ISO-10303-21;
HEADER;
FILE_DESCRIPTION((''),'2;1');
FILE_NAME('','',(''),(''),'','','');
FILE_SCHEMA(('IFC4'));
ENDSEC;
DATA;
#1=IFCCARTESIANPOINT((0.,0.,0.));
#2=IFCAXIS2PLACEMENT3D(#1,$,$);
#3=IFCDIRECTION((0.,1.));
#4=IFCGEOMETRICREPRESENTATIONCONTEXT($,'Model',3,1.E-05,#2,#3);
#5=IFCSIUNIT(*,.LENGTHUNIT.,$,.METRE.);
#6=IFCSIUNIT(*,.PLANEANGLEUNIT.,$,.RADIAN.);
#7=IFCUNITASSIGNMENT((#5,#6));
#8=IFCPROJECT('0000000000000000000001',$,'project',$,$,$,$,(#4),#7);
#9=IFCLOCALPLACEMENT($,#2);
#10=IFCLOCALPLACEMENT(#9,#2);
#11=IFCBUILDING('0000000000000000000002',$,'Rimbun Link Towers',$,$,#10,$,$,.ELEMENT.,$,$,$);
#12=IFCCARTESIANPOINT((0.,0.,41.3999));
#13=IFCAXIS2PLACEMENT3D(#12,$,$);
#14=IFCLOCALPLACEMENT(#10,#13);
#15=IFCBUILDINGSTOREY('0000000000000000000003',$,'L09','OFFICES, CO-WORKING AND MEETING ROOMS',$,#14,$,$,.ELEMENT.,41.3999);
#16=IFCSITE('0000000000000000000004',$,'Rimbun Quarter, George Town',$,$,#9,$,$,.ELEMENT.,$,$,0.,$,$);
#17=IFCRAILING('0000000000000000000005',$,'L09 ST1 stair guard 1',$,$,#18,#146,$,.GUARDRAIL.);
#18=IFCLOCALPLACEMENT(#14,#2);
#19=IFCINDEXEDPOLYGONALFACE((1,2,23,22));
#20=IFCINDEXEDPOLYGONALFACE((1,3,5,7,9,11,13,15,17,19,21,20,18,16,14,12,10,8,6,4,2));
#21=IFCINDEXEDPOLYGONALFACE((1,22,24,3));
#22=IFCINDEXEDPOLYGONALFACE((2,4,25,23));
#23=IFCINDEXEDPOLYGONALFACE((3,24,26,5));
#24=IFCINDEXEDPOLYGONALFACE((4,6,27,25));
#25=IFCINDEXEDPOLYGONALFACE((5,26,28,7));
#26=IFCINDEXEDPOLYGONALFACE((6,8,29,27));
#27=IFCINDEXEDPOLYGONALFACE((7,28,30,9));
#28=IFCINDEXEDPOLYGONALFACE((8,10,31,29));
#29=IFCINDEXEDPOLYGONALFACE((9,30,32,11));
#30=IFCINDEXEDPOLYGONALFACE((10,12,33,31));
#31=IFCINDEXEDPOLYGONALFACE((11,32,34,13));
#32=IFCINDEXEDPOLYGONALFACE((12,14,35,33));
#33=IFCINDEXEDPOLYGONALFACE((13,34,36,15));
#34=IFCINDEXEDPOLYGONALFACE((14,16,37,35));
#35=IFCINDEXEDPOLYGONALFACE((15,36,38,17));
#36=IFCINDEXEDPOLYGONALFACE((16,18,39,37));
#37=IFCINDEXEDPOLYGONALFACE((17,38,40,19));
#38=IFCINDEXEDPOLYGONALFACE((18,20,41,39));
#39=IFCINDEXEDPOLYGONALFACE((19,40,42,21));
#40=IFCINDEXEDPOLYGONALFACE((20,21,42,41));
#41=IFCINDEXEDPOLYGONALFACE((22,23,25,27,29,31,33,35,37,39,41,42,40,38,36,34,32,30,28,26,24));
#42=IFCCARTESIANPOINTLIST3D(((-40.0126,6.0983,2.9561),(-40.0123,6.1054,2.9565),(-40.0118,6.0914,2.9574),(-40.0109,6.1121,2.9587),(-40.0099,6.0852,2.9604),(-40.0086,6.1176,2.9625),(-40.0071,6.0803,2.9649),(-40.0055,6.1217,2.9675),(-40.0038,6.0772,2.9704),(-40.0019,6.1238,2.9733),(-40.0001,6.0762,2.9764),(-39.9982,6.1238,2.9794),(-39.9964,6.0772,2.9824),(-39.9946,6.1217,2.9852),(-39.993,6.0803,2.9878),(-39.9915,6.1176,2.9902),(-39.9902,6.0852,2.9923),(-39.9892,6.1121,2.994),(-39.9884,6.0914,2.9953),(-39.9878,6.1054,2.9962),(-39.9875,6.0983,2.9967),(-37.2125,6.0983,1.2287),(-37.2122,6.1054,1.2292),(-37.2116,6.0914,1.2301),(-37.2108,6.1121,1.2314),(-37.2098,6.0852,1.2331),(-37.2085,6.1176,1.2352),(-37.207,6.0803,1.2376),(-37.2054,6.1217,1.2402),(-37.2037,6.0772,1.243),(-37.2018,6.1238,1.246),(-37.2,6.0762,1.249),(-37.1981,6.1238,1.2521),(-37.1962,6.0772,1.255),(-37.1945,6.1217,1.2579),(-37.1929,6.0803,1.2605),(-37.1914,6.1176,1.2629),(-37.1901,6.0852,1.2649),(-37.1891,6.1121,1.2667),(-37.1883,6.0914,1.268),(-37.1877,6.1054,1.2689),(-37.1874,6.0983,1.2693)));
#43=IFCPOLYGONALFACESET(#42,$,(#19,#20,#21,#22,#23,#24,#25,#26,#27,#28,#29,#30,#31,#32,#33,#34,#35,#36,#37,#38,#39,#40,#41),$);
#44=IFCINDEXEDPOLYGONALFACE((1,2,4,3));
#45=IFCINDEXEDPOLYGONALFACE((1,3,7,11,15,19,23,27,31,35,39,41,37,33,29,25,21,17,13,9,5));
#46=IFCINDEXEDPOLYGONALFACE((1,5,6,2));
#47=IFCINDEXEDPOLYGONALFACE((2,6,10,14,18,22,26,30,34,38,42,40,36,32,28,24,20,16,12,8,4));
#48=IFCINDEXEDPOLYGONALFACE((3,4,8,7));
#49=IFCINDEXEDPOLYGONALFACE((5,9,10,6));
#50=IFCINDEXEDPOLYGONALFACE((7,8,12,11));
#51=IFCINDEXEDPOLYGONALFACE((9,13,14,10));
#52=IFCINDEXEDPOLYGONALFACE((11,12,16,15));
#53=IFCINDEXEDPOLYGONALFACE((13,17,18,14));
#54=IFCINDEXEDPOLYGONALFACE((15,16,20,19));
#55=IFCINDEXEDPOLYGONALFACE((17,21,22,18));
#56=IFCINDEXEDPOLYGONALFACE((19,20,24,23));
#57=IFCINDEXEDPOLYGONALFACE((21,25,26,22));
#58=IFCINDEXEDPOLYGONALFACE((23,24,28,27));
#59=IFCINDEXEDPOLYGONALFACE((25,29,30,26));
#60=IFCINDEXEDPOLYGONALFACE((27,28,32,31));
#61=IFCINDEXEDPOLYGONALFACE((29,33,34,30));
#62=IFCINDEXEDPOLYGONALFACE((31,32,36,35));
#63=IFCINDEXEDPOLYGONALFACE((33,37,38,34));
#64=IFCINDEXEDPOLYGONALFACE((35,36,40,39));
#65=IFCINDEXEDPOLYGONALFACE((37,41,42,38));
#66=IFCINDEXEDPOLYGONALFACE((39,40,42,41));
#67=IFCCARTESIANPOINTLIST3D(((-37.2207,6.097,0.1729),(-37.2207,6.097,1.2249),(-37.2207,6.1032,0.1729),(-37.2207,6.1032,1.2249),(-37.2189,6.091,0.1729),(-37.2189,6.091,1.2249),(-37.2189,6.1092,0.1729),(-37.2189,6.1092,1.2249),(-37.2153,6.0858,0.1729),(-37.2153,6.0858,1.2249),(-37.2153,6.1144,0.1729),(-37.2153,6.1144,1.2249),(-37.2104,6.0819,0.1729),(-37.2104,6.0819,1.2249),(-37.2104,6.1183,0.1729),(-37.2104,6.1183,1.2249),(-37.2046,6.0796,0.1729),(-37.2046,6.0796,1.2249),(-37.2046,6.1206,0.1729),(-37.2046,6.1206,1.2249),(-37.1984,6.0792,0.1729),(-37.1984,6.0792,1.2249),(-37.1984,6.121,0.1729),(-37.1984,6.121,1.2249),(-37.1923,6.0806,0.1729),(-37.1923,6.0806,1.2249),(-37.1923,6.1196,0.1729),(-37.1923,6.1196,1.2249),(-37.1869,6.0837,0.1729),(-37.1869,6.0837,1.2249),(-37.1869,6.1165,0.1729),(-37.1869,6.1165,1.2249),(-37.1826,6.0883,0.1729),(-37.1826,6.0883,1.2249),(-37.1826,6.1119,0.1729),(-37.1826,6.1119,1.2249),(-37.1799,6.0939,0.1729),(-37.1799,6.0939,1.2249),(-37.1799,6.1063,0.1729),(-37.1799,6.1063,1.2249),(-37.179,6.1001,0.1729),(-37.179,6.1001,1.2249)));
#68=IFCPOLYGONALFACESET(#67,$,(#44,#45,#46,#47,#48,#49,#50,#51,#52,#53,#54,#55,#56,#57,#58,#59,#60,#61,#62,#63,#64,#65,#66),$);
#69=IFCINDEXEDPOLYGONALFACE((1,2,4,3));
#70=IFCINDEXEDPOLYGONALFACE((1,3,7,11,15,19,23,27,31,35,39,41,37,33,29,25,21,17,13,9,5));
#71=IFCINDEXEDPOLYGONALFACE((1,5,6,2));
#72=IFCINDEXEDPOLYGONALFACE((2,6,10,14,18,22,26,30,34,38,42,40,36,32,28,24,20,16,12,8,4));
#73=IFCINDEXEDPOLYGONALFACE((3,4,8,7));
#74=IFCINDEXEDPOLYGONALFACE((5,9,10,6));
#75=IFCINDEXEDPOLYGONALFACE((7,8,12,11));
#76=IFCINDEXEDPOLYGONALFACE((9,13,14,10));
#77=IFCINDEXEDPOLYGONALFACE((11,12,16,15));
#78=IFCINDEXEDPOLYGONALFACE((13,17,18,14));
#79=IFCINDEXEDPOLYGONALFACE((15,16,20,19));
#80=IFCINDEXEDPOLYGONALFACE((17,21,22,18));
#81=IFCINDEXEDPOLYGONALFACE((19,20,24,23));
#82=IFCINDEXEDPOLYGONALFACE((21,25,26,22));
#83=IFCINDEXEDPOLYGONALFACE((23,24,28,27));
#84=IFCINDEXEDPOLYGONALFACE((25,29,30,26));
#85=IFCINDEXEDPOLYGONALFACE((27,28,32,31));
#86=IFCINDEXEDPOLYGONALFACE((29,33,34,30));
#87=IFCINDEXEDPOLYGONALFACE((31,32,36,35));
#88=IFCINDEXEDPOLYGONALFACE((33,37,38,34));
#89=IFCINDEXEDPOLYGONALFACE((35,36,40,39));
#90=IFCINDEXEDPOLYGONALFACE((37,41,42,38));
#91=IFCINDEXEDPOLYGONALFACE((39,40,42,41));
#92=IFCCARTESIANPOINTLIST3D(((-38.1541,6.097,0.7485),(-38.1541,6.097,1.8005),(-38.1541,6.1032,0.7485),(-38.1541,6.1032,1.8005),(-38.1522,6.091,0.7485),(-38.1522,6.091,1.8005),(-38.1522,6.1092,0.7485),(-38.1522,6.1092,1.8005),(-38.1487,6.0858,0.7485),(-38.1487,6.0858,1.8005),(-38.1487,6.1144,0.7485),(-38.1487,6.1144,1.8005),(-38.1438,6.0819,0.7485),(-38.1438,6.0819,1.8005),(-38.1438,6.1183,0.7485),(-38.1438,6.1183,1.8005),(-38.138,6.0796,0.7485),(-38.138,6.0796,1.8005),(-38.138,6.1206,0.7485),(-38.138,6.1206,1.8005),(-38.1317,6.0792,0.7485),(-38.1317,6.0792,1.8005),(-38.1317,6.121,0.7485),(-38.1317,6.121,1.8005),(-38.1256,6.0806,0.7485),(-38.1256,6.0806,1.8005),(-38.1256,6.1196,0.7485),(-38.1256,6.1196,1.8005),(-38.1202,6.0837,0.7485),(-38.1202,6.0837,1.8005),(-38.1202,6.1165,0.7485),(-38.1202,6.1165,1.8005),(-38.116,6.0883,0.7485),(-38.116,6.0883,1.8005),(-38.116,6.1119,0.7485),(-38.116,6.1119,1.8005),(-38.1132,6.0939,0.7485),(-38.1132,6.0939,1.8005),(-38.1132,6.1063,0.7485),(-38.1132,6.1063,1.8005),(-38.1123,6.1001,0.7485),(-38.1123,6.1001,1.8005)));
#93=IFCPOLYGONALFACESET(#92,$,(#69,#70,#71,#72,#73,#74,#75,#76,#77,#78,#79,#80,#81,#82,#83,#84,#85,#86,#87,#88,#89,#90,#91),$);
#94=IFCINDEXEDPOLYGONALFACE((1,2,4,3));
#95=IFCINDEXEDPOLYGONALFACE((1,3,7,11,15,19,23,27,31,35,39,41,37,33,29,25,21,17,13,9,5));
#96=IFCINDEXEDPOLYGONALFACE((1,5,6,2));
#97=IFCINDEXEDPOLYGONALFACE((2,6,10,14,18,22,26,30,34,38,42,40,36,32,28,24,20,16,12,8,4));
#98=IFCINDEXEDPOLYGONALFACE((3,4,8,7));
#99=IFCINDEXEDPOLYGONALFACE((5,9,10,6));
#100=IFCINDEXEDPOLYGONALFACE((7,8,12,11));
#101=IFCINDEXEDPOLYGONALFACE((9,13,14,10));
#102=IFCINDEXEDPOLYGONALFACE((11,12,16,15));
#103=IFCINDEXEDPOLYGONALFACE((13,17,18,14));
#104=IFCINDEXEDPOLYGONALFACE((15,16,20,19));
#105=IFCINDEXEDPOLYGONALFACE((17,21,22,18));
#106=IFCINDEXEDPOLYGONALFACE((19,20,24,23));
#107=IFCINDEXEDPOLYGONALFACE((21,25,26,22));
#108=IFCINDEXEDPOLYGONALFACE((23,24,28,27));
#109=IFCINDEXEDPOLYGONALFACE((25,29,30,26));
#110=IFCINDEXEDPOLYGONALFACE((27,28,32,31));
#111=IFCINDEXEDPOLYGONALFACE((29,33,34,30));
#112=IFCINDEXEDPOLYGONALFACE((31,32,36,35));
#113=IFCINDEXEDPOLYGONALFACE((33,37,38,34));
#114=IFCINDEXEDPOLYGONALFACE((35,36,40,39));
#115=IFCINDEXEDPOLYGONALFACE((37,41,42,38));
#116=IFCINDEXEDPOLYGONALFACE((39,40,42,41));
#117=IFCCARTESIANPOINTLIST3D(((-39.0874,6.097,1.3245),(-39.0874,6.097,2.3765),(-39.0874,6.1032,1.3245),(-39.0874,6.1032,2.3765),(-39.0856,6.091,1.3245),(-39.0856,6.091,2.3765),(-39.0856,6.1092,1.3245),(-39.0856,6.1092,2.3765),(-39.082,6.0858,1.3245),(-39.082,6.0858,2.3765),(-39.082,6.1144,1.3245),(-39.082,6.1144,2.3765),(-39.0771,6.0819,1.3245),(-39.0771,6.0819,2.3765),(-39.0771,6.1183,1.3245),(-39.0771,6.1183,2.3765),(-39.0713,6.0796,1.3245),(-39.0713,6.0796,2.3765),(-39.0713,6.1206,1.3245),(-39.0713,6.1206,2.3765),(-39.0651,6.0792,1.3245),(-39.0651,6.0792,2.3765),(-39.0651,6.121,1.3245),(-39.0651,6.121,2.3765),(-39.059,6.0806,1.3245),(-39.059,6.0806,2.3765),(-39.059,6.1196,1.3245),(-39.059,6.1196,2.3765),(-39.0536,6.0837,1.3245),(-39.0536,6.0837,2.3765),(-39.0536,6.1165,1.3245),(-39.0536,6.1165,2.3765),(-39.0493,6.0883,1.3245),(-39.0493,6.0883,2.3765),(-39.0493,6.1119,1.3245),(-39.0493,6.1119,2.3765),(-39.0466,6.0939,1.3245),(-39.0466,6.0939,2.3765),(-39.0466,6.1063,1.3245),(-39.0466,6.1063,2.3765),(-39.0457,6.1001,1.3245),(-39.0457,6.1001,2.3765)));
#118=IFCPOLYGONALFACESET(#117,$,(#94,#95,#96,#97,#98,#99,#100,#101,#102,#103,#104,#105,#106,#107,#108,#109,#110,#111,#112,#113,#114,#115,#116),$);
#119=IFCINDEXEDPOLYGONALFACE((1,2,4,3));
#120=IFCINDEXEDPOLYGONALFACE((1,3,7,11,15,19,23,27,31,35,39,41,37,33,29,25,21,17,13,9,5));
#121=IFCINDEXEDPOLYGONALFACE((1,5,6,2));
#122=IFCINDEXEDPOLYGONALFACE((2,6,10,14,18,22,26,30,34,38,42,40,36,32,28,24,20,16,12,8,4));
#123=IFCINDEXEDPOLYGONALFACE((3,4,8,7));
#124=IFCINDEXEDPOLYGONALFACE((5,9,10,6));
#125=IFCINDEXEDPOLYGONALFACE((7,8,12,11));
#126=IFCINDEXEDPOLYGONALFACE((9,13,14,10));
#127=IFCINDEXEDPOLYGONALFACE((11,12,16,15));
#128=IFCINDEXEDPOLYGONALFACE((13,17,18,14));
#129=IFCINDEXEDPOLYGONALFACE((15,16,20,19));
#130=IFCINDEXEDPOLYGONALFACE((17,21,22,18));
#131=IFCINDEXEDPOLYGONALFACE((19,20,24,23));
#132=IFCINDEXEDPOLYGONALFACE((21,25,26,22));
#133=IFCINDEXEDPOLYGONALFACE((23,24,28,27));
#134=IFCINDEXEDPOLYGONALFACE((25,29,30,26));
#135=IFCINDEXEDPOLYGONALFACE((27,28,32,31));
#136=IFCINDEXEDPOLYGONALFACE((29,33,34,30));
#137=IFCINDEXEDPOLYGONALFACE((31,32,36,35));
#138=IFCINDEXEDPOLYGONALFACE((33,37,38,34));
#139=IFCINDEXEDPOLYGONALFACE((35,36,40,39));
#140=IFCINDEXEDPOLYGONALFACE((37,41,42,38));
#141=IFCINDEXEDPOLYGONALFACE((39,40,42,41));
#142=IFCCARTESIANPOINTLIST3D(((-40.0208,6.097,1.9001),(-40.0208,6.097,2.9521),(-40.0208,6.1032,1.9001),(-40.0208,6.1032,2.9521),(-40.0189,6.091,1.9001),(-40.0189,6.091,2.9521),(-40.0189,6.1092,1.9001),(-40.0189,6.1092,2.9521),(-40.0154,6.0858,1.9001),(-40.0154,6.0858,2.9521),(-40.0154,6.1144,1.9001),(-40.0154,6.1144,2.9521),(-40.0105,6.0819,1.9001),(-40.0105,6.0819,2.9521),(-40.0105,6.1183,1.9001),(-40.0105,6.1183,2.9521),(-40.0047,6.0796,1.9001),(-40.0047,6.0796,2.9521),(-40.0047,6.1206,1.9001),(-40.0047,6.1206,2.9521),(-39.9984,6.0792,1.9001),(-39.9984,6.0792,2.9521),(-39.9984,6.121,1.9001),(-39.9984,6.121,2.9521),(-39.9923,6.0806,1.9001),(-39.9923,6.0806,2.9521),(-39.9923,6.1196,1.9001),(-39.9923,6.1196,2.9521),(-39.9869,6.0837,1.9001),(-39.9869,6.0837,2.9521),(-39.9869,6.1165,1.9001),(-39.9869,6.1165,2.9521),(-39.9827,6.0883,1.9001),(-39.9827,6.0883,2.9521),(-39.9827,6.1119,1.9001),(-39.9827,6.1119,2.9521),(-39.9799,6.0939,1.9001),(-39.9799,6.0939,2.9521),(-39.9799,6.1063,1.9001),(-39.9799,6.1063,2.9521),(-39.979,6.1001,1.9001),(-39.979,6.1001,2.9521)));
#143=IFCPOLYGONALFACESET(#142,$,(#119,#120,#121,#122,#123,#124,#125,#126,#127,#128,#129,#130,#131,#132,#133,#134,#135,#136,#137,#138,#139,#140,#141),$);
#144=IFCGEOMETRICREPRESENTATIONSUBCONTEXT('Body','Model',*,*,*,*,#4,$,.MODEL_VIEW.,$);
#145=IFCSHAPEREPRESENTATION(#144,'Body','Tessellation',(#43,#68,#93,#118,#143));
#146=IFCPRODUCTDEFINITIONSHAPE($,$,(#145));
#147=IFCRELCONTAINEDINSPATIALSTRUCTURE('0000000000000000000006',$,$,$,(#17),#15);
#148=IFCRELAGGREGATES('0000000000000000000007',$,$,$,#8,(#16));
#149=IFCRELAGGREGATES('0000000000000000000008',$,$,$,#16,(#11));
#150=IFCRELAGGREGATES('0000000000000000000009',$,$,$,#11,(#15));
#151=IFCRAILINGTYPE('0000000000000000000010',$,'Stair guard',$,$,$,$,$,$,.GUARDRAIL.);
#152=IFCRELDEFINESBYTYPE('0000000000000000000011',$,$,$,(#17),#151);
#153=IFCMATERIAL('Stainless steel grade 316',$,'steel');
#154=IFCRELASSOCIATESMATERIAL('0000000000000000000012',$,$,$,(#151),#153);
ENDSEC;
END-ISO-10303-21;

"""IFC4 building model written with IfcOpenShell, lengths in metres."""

from ifc_helpers import new_model, si_unit, direction, frame, origin, origin_2d, place, context, subcontext, project, spatial, circle, extrude, material, type_object, element, save


model = new_model("IFC4")

# Units and contexts
model_context = context("Model", 3, precision=1e-05, world=origin(), true_north=direction((0.0, 1.0)))
body_context = subcontext(model_context, "Body", "Model", "MODEL_VIEW")
ifc_project = project(units=[si_unit("LENGTHUNIT", "METRE"), si_unit("PLANEANGLEUNIT", "RADIAN")], contexts=[model_context])

# Site, building, storey
site_placement = place(None, origin())
site = spatial("IfcSite", under=ifc_project, at=site_placement, Name="Rimbun Quarter, George Town", CompositionType="ELEMENT", RefElevation=0.0)
building_placement = place(site_placement, origin())
building = spatial("IfcBuilding", under=site, at=building_placement, Name="Rimbun Link Towers", CompositionType="ELEMENT")
storey_placement = place(building_placement, frame((0.0, 0.0, 41.3999)))
storey = spatial("IfcBuildingStorey", under=building, at=storey_placement, Name="L09", Description="OFFICES, CO-WORKING AND MEETING ROOMS", CompositionType="ELEMENT", Elevation=41.3999)

# Railing
ifc_material_1 = material(Name="Stainless steel grade 316", Category="steel")
railing_type_1 = type_object("IfcRailingType", Name="Stair guard", PredefinedType="GUARDRAIL", material=ifc_material_1)
railing_1_placement = place(storey_placement, frame((-37.2, 6.1001, 0.1729)))
element("IfcRailing", 1, at=railing_1_placement, inside=storey, type_object=railing_type_1, Name="L09 ST1 stair guard 1", PredefinedType="GUARDRAIL", context=body_context, shape_type="SweptSolid", body=[
    extrude(circle(Radius=0.0239, at=origin_2d()), frame((0.0, 0.0, 1.0762), z_axis=(-0.85109, 0.0, 0.52502), x_axis=(0.0, -1.0, 0.0)), (0.0, 0.0, 1.0), 3.29),
    extrude(circle(Radius=0.021, at=origin_2d()), origin(), (0.0, 0.0, 1.0), 1.052),
    extrude(circle(Radius=0.021, at=origin_2d()), frame((-0.9333, 0.0, 0.5757)), (0.0, 0.0, 1.0), 1.052),
    extrude(circle(Radius=0.021, at=origin_2d()), frame((-1.8667, 0.0, 1.1516)), (0.0, 0.0, 1.0), 1.052),
    extrude(circle(Radius=0.021, at=origin_2d()), frame((-2.8, 0.0, 1.7273)), (0.0, 0.0, 1.0), 1.052),
])

save(model, "model.ifc")
